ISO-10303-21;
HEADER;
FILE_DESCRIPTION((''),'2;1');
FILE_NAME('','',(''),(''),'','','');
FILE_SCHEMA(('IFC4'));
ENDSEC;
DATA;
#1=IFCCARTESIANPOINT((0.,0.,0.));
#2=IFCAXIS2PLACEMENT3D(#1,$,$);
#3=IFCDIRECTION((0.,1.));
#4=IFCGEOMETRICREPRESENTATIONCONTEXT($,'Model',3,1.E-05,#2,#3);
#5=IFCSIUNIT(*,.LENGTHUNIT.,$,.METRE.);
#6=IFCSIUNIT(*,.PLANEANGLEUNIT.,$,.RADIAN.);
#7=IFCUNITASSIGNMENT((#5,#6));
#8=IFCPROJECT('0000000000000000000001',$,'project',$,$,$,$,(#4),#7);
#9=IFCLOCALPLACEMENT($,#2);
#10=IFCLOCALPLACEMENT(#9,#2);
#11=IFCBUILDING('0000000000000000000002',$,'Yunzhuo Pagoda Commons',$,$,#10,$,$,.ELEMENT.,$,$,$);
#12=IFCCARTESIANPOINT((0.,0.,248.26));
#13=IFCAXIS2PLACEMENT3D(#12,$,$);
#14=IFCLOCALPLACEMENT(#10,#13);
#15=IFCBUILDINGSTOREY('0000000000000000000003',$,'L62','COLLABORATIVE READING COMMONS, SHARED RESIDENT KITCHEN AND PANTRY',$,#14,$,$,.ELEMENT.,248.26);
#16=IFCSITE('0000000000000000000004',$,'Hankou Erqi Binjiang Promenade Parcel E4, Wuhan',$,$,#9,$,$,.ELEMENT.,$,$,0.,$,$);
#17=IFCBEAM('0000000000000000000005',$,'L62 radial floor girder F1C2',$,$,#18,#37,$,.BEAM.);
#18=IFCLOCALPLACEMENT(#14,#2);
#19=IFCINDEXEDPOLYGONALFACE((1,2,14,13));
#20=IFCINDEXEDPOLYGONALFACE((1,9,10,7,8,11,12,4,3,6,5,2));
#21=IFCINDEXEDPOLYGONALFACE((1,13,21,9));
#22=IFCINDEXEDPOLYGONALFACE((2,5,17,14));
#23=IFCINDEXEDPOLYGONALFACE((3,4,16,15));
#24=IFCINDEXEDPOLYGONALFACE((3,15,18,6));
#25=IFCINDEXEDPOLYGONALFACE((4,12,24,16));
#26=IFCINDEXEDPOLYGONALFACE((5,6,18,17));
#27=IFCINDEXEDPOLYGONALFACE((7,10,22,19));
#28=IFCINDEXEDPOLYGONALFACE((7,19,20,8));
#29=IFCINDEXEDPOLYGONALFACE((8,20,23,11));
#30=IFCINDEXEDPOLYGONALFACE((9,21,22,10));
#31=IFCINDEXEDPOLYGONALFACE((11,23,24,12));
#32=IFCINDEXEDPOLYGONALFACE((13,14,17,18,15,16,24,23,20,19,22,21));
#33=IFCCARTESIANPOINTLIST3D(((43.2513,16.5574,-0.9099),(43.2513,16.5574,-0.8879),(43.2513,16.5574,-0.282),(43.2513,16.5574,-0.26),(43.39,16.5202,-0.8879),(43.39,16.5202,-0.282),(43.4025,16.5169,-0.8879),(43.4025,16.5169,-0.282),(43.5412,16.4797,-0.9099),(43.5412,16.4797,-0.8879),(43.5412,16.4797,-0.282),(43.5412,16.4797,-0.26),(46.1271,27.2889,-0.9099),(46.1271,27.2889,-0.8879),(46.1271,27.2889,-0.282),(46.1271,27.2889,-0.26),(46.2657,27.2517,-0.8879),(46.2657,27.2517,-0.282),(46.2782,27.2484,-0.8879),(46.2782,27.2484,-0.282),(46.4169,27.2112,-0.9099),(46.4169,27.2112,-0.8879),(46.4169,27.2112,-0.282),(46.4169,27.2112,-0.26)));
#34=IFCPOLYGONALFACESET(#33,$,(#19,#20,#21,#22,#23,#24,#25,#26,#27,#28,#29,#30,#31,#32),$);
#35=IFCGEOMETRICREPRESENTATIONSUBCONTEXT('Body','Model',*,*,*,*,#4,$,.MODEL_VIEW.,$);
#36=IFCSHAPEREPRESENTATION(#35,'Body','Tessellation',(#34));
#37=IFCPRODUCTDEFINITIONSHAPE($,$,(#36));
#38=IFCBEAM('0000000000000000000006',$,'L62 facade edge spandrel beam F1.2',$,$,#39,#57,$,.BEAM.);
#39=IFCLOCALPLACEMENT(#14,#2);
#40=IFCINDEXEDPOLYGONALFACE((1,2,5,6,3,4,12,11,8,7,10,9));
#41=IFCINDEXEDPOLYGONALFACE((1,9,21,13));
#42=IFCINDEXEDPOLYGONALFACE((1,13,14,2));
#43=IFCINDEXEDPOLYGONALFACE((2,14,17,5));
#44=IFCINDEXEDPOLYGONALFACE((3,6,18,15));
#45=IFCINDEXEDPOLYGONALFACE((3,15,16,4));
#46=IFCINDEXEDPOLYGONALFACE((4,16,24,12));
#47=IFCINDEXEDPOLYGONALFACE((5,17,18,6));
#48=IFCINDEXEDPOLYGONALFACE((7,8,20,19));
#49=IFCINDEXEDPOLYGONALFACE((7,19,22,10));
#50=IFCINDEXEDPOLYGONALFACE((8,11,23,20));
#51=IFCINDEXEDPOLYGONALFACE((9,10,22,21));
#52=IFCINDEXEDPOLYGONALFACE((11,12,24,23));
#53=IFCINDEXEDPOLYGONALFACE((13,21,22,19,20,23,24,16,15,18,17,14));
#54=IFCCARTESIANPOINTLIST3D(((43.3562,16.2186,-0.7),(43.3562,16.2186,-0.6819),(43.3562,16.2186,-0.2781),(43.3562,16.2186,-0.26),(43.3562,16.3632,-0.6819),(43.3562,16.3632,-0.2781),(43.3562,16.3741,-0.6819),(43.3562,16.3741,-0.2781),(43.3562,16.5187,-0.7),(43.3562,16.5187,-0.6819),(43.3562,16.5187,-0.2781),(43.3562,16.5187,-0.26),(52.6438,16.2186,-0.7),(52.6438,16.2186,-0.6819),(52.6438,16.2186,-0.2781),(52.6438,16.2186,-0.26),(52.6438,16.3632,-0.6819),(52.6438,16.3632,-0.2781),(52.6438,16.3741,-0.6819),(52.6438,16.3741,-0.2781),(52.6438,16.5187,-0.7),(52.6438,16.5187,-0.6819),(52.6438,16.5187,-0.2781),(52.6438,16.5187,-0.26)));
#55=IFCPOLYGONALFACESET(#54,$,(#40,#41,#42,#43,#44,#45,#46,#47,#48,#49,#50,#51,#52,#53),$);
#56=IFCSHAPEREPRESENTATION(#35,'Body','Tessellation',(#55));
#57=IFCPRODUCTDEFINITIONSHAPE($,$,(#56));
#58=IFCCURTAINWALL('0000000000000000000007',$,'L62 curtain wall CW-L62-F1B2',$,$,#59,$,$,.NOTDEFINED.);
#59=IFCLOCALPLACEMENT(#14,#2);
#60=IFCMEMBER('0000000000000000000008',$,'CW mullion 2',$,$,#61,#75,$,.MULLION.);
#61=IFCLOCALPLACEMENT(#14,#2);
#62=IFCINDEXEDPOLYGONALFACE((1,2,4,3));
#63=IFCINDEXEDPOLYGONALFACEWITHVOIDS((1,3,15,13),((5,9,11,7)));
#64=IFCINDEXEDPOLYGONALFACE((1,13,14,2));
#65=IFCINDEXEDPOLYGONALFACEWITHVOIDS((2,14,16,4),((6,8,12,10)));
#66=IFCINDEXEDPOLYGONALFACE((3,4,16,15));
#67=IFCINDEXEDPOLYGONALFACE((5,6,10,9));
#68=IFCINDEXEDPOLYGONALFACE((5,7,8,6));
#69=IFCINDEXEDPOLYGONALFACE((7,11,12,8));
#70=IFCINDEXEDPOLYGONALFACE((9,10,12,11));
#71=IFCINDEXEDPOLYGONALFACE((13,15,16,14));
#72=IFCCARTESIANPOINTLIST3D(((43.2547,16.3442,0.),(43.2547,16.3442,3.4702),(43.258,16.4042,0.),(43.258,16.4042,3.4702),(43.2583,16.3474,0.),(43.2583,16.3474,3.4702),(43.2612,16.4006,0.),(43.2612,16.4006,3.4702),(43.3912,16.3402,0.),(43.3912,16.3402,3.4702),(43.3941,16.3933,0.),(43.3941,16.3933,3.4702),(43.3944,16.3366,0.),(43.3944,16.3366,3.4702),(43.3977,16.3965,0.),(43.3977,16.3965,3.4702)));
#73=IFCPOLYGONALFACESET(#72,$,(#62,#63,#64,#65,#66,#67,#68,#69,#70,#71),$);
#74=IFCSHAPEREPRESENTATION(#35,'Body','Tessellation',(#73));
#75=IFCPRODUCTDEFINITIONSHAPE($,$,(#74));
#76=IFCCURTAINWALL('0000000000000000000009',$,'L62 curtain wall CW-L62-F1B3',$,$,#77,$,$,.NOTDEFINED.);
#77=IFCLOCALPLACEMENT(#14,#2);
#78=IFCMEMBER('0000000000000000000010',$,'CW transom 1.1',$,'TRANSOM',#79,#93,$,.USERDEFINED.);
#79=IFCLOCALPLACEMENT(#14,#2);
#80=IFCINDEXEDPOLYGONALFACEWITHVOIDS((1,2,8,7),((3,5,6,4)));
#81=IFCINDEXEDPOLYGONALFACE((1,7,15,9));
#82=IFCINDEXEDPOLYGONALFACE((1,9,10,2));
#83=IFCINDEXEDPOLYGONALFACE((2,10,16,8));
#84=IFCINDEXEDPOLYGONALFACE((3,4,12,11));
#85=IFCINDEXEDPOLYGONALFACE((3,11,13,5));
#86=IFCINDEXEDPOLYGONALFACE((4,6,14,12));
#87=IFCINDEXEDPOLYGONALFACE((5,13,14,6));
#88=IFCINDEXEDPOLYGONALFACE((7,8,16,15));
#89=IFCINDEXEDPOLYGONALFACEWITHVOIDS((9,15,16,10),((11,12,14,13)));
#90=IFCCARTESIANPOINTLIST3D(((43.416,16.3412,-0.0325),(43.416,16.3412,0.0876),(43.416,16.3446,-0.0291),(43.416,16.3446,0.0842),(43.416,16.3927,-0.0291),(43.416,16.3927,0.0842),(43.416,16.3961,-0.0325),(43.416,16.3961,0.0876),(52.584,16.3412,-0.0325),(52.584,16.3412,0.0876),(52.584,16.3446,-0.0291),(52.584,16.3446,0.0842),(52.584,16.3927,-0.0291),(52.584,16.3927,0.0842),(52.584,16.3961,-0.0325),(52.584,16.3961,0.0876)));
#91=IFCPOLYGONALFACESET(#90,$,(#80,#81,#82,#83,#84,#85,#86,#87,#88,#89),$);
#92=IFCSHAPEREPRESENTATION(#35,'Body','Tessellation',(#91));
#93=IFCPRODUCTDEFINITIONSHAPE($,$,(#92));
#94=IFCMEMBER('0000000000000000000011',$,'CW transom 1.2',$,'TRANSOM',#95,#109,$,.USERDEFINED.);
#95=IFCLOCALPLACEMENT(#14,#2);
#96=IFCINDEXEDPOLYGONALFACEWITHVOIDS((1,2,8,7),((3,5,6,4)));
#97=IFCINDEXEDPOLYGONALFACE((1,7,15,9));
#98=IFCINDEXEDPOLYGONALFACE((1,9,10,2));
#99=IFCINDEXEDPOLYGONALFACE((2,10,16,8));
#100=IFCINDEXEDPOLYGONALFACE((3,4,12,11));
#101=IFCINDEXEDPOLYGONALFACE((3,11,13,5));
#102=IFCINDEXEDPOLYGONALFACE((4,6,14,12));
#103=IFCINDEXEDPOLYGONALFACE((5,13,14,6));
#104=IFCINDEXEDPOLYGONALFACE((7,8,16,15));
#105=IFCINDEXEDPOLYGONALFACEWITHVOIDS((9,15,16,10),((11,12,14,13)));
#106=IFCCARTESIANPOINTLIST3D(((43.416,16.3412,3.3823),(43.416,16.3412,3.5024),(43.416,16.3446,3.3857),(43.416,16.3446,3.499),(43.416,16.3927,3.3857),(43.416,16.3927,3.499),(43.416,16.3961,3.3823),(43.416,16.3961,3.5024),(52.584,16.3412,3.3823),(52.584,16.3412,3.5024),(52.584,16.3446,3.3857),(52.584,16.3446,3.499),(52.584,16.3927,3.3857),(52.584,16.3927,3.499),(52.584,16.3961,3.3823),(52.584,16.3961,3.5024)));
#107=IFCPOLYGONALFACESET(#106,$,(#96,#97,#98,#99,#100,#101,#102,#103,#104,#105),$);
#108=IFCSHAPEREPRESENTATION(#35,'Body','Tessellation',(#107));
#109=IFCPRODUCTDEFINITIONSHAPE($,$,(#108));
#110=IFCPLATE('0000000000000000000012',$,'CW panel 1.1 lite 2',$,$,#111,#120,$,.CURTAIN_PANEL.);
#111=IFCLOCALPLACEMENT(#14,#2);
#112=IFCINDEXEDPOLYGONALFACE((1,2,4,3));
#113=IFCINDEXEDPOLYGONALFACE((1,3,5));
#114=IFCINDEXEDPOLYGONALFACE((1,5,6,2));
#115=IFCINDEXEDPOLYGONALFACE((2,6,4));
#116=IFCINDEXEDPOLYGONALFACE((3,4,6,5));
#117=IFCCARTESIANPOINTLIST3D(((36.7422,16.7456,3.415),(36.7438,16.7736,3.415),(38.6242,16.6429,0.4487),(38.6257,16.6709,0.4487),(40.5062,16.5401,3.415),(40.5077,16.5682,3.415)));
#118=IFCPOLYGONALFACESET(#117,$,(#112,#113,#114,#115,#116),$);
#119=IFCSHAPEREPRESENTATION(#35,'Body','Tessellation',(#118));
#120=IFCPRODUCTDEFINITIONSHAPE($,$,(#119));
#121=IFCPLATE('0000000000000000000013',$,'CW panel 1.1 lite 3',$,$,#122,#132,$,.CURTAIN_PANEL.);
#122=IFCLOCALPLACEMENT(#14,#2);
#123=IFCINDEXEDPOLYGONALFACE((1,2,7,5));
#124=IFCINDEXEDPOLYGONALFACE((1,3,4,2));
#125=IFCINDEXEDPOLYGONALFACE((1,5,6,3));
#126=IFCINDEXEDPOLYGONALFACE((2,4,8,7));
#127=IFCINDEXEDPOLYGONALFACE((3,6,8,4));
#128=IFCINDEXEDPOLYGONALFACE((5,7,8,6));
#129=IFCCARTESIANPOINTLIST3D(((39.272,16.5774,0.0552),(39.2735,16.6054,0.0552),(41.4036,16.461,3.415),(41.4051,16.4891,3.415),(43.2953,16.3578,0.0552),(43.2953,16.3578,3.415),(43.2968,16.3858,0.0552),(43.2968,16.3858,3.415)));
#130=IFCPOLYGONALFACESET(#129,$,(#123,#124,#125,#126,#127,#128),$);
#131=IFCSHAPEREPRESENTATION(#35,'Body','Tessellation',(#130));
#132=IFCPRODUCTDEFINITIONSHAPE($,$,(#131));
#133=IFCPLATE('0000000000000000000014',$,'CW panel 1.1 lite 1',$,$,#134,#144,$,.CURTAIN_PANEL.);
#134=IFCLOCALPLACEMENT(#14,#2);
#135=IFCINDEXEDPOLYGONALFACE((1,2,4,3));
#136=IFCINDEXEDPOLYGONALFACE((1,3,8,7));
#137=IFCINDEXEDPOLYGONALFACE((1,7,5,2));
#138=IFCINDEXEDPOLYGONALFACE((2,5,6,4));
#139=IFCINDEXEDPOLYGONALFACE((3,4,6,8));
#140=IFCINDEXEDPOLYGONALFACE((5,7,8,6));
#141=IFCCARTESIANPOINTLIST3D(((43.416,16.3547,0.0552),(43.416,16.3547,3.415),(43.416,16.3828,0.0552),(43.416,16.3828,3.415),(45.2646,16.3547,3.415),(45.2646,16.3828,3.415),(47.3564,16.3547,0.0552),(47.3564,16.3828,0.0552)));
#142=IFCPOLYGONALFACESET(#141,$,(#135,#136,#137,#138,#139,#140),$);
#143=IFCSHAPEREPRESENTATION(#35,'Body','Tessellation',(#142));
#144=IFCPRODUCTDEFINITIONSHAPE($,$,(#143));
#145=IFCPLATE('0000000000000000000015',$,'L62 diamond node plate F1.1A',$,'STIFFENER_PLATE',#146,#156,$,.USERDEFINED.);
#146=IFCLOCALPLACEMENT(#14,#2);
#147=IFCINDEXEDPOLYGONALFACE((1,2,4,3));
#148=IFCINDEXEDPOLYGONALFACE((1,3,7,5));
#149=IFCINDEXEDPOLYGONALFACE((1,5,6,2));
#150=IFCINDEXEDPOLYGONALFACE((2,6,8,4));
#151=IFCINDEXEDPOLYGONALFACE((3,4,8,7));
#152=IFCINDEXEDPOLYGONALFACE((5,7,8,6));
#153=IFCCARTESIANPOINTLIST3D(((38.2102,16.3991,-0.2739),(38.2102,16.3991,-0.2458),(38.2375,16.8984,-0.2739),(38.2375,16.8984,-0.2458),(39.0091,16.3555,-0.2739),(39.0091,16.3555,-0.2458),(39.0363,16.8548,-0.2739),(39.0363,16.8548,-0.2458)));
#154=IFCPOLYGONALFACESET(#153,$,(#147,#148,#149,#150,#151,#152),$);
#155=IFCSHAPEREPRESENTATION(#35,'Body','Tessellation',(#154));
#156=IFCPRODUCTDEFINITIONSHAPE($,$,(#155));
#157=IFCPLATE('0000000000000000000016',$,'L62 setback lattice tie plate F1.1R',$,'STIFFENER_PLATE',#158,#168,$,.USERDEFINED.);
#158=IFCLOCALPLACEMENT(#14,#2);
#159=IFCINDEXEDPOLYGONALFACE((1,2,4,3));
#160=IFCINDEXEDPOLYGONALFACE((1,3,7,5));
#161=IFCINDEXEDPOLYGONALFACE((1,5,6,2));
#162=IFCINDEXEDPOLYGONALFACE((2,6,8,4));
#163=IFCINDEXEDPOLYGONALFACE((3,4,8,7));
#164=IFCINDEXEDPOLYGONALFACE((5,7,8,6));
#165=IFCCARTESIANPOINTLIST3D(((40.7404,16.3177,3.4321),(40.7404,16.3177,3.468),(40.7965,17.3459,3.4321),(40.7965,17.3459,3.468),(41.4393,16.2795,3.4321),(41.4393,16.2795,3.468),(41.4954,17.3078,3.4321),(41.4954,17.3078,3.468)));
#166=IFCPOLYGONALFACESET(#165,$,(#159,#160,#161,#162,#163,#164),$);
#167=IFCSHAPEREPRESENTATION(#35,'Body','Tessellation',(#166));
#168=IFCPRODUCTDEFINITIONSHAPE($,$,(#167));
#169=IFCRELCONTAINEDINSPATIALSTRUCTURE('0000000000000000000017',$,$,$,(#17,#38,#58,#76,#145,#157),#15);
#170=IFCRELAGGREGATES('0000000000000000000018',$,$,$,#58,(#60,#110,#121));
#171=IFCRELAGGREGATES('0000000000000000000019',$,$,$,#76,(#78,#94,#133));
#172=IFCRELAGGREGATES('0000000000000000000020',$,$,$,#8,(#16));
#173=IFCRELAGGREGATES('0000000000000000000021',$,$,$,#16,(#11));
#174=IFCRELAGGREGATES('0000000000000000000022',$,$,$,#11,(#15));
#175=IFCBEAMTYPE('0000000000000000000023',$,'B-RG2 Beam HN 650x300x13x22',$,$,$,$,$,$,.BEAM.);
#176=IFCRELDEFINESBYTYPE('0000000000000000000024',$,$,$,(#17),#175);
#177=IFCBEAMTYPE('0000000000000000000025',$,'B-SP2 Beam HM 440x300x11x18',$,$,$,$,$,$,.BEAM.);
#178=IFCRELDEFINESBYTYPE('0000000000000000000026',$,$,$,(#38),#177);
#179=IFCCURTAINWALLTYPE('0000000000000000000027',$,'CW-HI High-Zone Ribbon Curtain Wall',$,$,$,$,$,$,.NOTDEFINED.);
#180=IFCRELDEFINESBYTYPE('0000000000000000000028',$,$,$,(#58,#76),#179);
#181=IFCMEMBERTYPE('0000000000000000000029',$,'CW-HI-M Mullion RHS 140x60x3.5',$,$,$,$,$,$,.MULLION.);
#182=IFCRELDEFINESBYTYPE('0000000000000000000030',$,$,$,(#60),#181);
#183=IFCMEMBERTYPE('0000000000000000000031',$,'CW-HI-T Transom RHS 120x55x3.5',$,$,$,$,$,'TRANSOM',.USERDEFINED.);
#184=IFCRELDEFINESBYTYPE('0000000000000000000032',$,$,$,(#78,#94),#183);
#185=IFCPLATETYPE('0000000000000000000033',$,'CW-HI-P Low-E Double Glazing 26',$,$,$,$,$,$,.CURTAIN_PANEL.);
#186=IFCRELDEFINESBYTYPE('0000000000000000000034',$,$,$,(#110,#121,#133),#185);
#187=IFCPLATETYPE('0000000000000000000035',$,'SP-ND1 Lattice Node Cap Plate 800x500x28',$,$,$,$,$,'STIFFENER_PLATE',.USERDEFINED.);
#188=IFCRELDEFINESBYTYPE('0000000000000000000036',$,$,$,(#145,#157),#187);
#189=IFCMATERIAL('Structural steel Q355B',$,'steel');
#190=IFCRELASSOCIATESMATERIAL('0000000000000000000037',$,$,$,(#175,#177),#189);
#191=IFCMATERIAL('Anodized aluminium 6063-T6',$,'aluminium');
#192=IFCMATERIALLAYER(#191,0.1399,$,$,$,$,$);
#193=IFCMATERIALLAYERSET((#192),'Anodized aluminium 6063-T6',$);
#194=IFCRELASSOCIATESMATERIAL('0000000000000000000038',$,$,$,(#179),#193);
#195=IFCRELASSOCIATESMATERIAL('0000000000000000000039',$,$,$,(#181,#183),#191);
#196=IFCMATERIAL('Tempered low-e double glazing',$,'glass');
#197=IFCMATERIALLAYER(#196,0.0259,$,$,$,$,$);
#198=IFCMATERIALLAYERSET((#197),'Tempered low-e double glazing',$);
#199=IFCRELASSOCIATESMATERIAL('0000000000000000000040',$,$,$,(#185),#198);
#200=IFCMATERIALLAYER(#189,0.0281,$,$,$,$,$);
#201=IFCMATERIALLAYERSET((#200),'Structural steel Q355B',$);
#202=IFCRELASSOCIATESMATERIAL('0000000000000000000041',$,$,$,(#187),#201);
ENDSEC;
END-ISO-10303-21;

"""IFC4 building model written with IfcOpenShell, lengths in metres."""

from ifc_helpers import new_model, si_unit, direction, frame, origin, origin_2d, place, context, subcontext, project, spatial, polyline, rectangle, hollow_rectangle, i_section, outline, extrude, source, transform, mapped, material, layer, layer_set, material_profile, profile_set, type_object, element, aggregate, save


model = new_model("IFC4")

# Units and contexts
model_context = context("Model", 3, precision=1e-05, world=origin(), true_north=direction((0.0, 1.0)))
body_context = subcontext(model_context, "Body", "Model", "MODEL_VIEW")
ifc_project = project(units=[si_unit("LENGTHUNIT", "METRE"), si_unit("PLANEANGLEUNIT", "RADIAN")], contexts=[model_context])

# Site, building, storey
site_placement = place(None, origin())
site = spatial("IfcSite", under=ifc_project, at=site_placement, Name="Hankou Erqi Binjiang Promenade Parcel E4, Wuhan", CompositionType="ELEMENT", RefElevation=0.0)
building_placement = place(site_placement, origin())
building = spatial("IfcBuilding", under=site, at=building_placement, Name="Yunzhuo Pagoda Commons", CompositionType="ELEMENT")
storey_placement = place(building_placement, frame((0.0, 0.0, 248.26)))
storey = spatial("IfcBuildingStorey", under=building, at=storey_placement, Name="L62", Description="COLLABORATIVE READING COMMONS, SHARED RESIDENT KITCHEN AND PANTRY", CompositionType="ELEMENT", Elevation=248.26)

# Beams
ifc_material_1 = material(Name="Structural steel Q355B", Category="steel")
ifc_material_profile_1 = material_profile(ifc_material_1, i_section(OverallWidth=0.3, OverallDepth=0.6499, WebThickness=0.0129, FlangeThickness=0.022, at=origin_2d()), Name="Structural steel Q355B")
ifc_profile_set_1 = profile_set([ifc_material_profile_1], Name="Structural steel Q355B")
beam_type_1 = type_object("IfcBeamType", Name="B-RG2 Beam HN 650x300x13x22", PredefinedType="BEAM", material=ifc_profile_set_1)
shared_shape_1 = source(origin(), body_context, "Body", "SweptSolid", [
    extrude(i_section(OverallWidth=0.3, OverallDepth=0.6499, WebThickness=0.0129, FlangeThickness=0.022, at=origin_2d()), origin(), (0.0, 0.0, 1.0), 11.1101),
])
beam_1_placement = place(storey_placement, frame((43.3962, 16.5186, -0.585), z_axis=(0.25884, 0.96592, 0.0), x_axis=(-0.96592, 0.25884, 0.0)))
element("IfcBeam", 1, at=beam_1_placement, inside=storey, type_object=beam_type_1, Name="L62 radial floor girder F1C2", PredefinedType="BEAM", context=body_context, shape_type="MappedRepresentation", body=[
    mapped(shared_shape_1, transform((0.0, 0.0, 0.0), scale=1.0)),
])
ifc_material_profile_2 = material_profile(ifc_material_1, i_section(OverallWidth=0.3, OverallDepth=0.4399, WebThickness=0.011, FlangeThickness=0.0181, at=origin_2d()), Name="Structural steel Q355B")
ifc_profile_set_2 = profile_set([ifc_material_profile_2], Name="Structural steel Q355B")
beam_type_2 = type_object("IfcBeamType", Name="B-SP2 Beam HM 440x300x11x18", PredefinedType="BEAM", material=ifc_profile_set_2)
shared_shape_2 = source(origin(), body_context, "Body", "SweptSolid", [
    extrude(i_section(OverallWidth=0.3, OverallDepth=0.4399, WebThickness=0.011, FlangeThickness=0.0181, at=origin_2d()), origin(), (0.0, 0.0, 1.0), 9.2876),
])
beam_2_placement = place(storey_placement, frame((43.3562, 16.3687, -0.48), z_axis=(1.0, 0.0, 0.0), x_axis=(0.0, 1.0, 0.0)))
element("IfcBeam", 2, at=beam_2_placement, inside=storey, type_object=beam_type_2, Name="L62 facade edge spandrel beam F1.2", PredefinedType="BEAM", context=body_context, shape_type="MappedRepresentation", body=[
    mapped(shared_shape_2, transform((0.0, 0.0, 0.0), scale=1.0)),
])

# Curtain wall, member
ifc_material_2 = material(Name="Anodized aluminium 6063-T6", Category="aluminium")
ifc_layer_1 = layer(ifc_material_2, 0.1399)
ifc_layer_set_1 = layer_set([ifc_layer_1], Name="Anodized aluminium 6063-T6")
curtain_wall_type = type_object("IfcCurtainWallType", Name="CW-HI High-Zone Ribbon Curtain Wall", PredefinedType="NOTDEFINED", material=ifc_layer_set_1)
curtain_wall_1_placement = place(storey_placement, origin())
curtain_wall_1 = element("IfcCurtainWall", 3, at=curtain_wall_1_placement, inside=storey, type_object=curtain_wall_type, Name="L62 curtain wall CW-L62-F1B2", PredefinedType="NOTDEFINED")
ifc_material_profile_3 = material_profile(ifc_material_2, hollow_rectangle(XDim=0.0601, YDim=0.1399, WallThickness=0.0034, at=origin_2d()), Name="Anodized aluminium 6063-T6")
ifc_profile_set_3 = profile_set([ifc_material_profile_3], Name="Anodized aluminium 6063-T6")
member_type_1 = type_object("IfcMemberType", Name="CW-HI-M Mullion RHS 140x60x3.5", PredefinedType="MULLION", material=ifc_profile_set_3)
shared_shape_3 = source(origin(), body_context, "Body", "SweptSolid", [
    extrude(hollow_rectangle(XDim=0.0601, YDim=0.1399, WallThickness=0.0034, at=origin_2d()), origin(), (0.0, 0.0, 1.0), 3.4702),
])
member_1_placement = place(storey_placement, frame((43.3262, 16.3704, 0.0), z_axis=(0.0, 0.0, 1.0), x_axis=(0.054497, 0.998514, 0.0)))
member_1 = element("IfcMember", 4, at=member_1_placement, type_object=member_type_1, Name="CW mullion 2", PredefinedType="MULLION", context=body_context, shape_type="MappedRepresentation", body=[
    mapped(shared_shape_3, transform((0.0, 0.0, 0.0), scale=1.0)),
])

# Curtain wall, members
curtain_wall_2_placement = place(storey_placement, origin())
curtain_wall_2 = element("IfcCurtainWall", 5, at=curtain_wall_2_placement, inside=storey, type_object=curtain_wall_type, Name="L62 curtain wall CW-L62-F1B3", PredefinedType="NOTDEFINED")
ifc_material_profile_4 = material_profile(ifc_material_2, hollow_rectangle(XDim=0.0549, YDim=0.1201, WallThickness=0.0034, at=origin_2d()), Name="Anodized aluminium 6063-T6")
ifc_profile_set_4 = profile_set([ifc_material_profile_4], Name="Anodized aluminium 6063-T6")
member_type_2 = type_object("IfcMemberType", Name="CW-HI-T Transom RHS 120x55x3.5", ElementType="TRANSOM", PredefinedType="USERDEFINED", material=ifc_profile_set_4)
shared_shape_4 = source(origin(), body_context, "Body", "SweptSolid", [
    extrude(hollow_rectangle(XDim=0.0549, YDim=0.1201, WallThickness=0.0034, at=origin_2d()), origin(), (0.0, 0.0, 1.0), 9.168),
])
member_2_placement = place(storey_placement, frame((43.416, 16.3687, 0.0276), z_axis=(1.0, 0.0, 0.0), x_axis=(0.0, 1.0, 0.0)))
member_2 = element("IfcMember", 6, at=member_2_placement, type_object=member_type_2, Name="CW transom 1.1", ObjectType="TRANSOM", PredefinedType="USERDEFINED", context=body_context, shape_type="MappedRepresentation", body=[
    mapped(shared_shape_4, transform((0.0, 0.0, 0.0), scale=1.0)),
])
member_3_placement = place(storey_placement, frame((43.416, 16.3687, 3.4424), z_axis=(1.0, 0.0, 0.0), x_axis=(0.0, 1.0, 0.0)))
member_3 = element("IfcMember", 7, at=member_3_placement, type_object=member_type_2, Name="CW transom 1.2", ObjectType="TRANSOM", PredefinedType="USERDEFINED", context=body_context, shape_type="MappedRepresentation", body=[
    mapped(shared_shape_4, transform((0.0, 0.0, 0.0), scale=1.0)),
])

# Plates
ifc_material_3 = material(Name="Tempered low-e double glazing", Category="glass")
ifc_layer_2 = layer(ifc_material_3, 0.0259)
ifc_layer_set_2 = layer_set([ifc_layer_2], Name="Tempered low-e double glazing")
plate_type_1 = type_object("IfcPlateType", Name="CW-HI-P Low-E Double Glazing 26", PredefinedType="CURTAIN_PANEL", material=ifc_layer_set_2)
plate_1_placement = place(storey_placement, frame((38.6257, 16.6709, 1.9319), z_axis=(-0.054497, -0.998514, 0.0), x_axis=(0.998514, -0.054497, 0.0)))
plate_1 = element("IfcPlate", 8, at=plate_1_placement, type_object=plate_type_1, Name="CW panel 1.1 lite 2", PredefinedType="CURTAIN_PANEL", context=body_context, shape_type="SweptSolid", body=[
    extrude(outline(polyline([(-1.8848, 1.4832), (0.0, -1.4832), (1.8848, 1.4832), (-1.8848, 1.4832)])), origin(), (0.0, 0.0, 1.0), 0.0281),
])
plate_2_placement = place(storey_placement, frame((41.2852, 16.4956, 1.7351), z_axis=(-0.054497, -0.998514, 0.0), x_axis=(0.998514, -0.054497, 0.0)))
plate_2 = element("IfcPlate", 9, at=plate_2_placement, type_object=plate_type_1, Name="CW panel 1.1 lite 3", PredefinedType="CURTAIN_PANEL", context=body_context, shape_type="SweptSolid", body=[
    extrude(outline(polyline([(-2.0146, -1.6799), (2.0146, -1.6799), (2.0146, 1.6799), (0.1201, 1.6799), (-2.0146, -1.6799)])), origin(), (0.0, 0.0, 1.0), 0.0281),
])
aggregate(curtain_wall_1, [member_1, plate_1, plate_2])
plate_3_placement = place(storey_placement, frame((45.3862, 16.3828, 1.7351), z_axis=(0.0, -1.0, 0.0), x_axis=(1.0, 0.0, 0.0)))
plate_3 = element("IfcPlate", 10, at=plate_3_placement, type_object=plate_type_1, Name="CW panel 1.1 lite 1", PredefinedType="CURTAIN_PANEL", context=body_context, shape_type="SweptSolid", body=[
    extrude(outline(polyline([(-1.9702, -1.6799), (1.9702, -1.6799), (-0.1216, 1.6799), (-1.9702, 1.6799), (-1.9702, -1.6799)])), origin(), (0.0, 0.0, 1.0), 0.0281),
])
aggregate(curtain_wall_2, [member_2, member_3, plate_3])

# Plates
ifc_layer_3 = layer(ifc_material_1, 0.0281)
ifc_layer_set_3 = layer_set([ifc_layer_3], Name="Structural steel Q355B")
plate_type_2 = type_object("IfcPlateType", Name="SP-ND1 Lattice Node Cap Plate 800x500x28", ElementType="STIFFENER_PLATE", PredefinedType="USERDEFINED", material=ifc_layer_set_3)
shared_shape_5 = source(origin(), body_context, "Body", "SweptSolid", [
    extrude(rectangle(XDim=0.8, YDim=0.5, at=origin_2d()), origin(), (0.0, 0.0, 1.0), 0.0281),
])
plate_4_placement = place(storey_placement, frame((38.6233, 16.627, -0.2739), z_axis=(0.0, 0.0, 1.0), x_axis=(0.998514, -0.054497, 0.0)))
element("IfcPlate", 11, at=plate_4_placement, inside=storey, type_object=plate_type_2, Name="L62 diamond node plate F1.1A", ObjectType="STIFFENER_PLATE", PredefinedType="USERDEFINED", context=body_context, shape_type="MappedRepresentation", body=[
    mapped(shared_shape_5, transform((0.0, 0.0, 0.0), scale=1.0)),
])
shared_shape_6 = source(origin(), body_context, "Body", "SweptSolid", [
    extrude(rectangle(XDim=0.7, YDim=1.0298, at=origin_2d()), origin(), (0.0, 0.0, 1.0), 0.0359),
])
plate_5_placement = place(storey_placement, frame((41.1179, 16.8127, 3.4321), z_axis=(0.0, 0.0, 1.0), x_axis=(0.998514, -0.054497, 0.0)))
element("IfcPlate", 12, at=plate_5_placement, inside=storey, type_object=plate_type_2, Name="L62 setback lattice tie plate F1.1R", ObjectType="STIFFENER_PLATE", PredefinedType="USERDEFINED", context=body_context, shape_type="MappedRepresentation", body=[
    mapped(shared_shape_6, transform((0.0, 0.0, 0.0), scale=1.0)),
])

save(model, "model.ifc")
